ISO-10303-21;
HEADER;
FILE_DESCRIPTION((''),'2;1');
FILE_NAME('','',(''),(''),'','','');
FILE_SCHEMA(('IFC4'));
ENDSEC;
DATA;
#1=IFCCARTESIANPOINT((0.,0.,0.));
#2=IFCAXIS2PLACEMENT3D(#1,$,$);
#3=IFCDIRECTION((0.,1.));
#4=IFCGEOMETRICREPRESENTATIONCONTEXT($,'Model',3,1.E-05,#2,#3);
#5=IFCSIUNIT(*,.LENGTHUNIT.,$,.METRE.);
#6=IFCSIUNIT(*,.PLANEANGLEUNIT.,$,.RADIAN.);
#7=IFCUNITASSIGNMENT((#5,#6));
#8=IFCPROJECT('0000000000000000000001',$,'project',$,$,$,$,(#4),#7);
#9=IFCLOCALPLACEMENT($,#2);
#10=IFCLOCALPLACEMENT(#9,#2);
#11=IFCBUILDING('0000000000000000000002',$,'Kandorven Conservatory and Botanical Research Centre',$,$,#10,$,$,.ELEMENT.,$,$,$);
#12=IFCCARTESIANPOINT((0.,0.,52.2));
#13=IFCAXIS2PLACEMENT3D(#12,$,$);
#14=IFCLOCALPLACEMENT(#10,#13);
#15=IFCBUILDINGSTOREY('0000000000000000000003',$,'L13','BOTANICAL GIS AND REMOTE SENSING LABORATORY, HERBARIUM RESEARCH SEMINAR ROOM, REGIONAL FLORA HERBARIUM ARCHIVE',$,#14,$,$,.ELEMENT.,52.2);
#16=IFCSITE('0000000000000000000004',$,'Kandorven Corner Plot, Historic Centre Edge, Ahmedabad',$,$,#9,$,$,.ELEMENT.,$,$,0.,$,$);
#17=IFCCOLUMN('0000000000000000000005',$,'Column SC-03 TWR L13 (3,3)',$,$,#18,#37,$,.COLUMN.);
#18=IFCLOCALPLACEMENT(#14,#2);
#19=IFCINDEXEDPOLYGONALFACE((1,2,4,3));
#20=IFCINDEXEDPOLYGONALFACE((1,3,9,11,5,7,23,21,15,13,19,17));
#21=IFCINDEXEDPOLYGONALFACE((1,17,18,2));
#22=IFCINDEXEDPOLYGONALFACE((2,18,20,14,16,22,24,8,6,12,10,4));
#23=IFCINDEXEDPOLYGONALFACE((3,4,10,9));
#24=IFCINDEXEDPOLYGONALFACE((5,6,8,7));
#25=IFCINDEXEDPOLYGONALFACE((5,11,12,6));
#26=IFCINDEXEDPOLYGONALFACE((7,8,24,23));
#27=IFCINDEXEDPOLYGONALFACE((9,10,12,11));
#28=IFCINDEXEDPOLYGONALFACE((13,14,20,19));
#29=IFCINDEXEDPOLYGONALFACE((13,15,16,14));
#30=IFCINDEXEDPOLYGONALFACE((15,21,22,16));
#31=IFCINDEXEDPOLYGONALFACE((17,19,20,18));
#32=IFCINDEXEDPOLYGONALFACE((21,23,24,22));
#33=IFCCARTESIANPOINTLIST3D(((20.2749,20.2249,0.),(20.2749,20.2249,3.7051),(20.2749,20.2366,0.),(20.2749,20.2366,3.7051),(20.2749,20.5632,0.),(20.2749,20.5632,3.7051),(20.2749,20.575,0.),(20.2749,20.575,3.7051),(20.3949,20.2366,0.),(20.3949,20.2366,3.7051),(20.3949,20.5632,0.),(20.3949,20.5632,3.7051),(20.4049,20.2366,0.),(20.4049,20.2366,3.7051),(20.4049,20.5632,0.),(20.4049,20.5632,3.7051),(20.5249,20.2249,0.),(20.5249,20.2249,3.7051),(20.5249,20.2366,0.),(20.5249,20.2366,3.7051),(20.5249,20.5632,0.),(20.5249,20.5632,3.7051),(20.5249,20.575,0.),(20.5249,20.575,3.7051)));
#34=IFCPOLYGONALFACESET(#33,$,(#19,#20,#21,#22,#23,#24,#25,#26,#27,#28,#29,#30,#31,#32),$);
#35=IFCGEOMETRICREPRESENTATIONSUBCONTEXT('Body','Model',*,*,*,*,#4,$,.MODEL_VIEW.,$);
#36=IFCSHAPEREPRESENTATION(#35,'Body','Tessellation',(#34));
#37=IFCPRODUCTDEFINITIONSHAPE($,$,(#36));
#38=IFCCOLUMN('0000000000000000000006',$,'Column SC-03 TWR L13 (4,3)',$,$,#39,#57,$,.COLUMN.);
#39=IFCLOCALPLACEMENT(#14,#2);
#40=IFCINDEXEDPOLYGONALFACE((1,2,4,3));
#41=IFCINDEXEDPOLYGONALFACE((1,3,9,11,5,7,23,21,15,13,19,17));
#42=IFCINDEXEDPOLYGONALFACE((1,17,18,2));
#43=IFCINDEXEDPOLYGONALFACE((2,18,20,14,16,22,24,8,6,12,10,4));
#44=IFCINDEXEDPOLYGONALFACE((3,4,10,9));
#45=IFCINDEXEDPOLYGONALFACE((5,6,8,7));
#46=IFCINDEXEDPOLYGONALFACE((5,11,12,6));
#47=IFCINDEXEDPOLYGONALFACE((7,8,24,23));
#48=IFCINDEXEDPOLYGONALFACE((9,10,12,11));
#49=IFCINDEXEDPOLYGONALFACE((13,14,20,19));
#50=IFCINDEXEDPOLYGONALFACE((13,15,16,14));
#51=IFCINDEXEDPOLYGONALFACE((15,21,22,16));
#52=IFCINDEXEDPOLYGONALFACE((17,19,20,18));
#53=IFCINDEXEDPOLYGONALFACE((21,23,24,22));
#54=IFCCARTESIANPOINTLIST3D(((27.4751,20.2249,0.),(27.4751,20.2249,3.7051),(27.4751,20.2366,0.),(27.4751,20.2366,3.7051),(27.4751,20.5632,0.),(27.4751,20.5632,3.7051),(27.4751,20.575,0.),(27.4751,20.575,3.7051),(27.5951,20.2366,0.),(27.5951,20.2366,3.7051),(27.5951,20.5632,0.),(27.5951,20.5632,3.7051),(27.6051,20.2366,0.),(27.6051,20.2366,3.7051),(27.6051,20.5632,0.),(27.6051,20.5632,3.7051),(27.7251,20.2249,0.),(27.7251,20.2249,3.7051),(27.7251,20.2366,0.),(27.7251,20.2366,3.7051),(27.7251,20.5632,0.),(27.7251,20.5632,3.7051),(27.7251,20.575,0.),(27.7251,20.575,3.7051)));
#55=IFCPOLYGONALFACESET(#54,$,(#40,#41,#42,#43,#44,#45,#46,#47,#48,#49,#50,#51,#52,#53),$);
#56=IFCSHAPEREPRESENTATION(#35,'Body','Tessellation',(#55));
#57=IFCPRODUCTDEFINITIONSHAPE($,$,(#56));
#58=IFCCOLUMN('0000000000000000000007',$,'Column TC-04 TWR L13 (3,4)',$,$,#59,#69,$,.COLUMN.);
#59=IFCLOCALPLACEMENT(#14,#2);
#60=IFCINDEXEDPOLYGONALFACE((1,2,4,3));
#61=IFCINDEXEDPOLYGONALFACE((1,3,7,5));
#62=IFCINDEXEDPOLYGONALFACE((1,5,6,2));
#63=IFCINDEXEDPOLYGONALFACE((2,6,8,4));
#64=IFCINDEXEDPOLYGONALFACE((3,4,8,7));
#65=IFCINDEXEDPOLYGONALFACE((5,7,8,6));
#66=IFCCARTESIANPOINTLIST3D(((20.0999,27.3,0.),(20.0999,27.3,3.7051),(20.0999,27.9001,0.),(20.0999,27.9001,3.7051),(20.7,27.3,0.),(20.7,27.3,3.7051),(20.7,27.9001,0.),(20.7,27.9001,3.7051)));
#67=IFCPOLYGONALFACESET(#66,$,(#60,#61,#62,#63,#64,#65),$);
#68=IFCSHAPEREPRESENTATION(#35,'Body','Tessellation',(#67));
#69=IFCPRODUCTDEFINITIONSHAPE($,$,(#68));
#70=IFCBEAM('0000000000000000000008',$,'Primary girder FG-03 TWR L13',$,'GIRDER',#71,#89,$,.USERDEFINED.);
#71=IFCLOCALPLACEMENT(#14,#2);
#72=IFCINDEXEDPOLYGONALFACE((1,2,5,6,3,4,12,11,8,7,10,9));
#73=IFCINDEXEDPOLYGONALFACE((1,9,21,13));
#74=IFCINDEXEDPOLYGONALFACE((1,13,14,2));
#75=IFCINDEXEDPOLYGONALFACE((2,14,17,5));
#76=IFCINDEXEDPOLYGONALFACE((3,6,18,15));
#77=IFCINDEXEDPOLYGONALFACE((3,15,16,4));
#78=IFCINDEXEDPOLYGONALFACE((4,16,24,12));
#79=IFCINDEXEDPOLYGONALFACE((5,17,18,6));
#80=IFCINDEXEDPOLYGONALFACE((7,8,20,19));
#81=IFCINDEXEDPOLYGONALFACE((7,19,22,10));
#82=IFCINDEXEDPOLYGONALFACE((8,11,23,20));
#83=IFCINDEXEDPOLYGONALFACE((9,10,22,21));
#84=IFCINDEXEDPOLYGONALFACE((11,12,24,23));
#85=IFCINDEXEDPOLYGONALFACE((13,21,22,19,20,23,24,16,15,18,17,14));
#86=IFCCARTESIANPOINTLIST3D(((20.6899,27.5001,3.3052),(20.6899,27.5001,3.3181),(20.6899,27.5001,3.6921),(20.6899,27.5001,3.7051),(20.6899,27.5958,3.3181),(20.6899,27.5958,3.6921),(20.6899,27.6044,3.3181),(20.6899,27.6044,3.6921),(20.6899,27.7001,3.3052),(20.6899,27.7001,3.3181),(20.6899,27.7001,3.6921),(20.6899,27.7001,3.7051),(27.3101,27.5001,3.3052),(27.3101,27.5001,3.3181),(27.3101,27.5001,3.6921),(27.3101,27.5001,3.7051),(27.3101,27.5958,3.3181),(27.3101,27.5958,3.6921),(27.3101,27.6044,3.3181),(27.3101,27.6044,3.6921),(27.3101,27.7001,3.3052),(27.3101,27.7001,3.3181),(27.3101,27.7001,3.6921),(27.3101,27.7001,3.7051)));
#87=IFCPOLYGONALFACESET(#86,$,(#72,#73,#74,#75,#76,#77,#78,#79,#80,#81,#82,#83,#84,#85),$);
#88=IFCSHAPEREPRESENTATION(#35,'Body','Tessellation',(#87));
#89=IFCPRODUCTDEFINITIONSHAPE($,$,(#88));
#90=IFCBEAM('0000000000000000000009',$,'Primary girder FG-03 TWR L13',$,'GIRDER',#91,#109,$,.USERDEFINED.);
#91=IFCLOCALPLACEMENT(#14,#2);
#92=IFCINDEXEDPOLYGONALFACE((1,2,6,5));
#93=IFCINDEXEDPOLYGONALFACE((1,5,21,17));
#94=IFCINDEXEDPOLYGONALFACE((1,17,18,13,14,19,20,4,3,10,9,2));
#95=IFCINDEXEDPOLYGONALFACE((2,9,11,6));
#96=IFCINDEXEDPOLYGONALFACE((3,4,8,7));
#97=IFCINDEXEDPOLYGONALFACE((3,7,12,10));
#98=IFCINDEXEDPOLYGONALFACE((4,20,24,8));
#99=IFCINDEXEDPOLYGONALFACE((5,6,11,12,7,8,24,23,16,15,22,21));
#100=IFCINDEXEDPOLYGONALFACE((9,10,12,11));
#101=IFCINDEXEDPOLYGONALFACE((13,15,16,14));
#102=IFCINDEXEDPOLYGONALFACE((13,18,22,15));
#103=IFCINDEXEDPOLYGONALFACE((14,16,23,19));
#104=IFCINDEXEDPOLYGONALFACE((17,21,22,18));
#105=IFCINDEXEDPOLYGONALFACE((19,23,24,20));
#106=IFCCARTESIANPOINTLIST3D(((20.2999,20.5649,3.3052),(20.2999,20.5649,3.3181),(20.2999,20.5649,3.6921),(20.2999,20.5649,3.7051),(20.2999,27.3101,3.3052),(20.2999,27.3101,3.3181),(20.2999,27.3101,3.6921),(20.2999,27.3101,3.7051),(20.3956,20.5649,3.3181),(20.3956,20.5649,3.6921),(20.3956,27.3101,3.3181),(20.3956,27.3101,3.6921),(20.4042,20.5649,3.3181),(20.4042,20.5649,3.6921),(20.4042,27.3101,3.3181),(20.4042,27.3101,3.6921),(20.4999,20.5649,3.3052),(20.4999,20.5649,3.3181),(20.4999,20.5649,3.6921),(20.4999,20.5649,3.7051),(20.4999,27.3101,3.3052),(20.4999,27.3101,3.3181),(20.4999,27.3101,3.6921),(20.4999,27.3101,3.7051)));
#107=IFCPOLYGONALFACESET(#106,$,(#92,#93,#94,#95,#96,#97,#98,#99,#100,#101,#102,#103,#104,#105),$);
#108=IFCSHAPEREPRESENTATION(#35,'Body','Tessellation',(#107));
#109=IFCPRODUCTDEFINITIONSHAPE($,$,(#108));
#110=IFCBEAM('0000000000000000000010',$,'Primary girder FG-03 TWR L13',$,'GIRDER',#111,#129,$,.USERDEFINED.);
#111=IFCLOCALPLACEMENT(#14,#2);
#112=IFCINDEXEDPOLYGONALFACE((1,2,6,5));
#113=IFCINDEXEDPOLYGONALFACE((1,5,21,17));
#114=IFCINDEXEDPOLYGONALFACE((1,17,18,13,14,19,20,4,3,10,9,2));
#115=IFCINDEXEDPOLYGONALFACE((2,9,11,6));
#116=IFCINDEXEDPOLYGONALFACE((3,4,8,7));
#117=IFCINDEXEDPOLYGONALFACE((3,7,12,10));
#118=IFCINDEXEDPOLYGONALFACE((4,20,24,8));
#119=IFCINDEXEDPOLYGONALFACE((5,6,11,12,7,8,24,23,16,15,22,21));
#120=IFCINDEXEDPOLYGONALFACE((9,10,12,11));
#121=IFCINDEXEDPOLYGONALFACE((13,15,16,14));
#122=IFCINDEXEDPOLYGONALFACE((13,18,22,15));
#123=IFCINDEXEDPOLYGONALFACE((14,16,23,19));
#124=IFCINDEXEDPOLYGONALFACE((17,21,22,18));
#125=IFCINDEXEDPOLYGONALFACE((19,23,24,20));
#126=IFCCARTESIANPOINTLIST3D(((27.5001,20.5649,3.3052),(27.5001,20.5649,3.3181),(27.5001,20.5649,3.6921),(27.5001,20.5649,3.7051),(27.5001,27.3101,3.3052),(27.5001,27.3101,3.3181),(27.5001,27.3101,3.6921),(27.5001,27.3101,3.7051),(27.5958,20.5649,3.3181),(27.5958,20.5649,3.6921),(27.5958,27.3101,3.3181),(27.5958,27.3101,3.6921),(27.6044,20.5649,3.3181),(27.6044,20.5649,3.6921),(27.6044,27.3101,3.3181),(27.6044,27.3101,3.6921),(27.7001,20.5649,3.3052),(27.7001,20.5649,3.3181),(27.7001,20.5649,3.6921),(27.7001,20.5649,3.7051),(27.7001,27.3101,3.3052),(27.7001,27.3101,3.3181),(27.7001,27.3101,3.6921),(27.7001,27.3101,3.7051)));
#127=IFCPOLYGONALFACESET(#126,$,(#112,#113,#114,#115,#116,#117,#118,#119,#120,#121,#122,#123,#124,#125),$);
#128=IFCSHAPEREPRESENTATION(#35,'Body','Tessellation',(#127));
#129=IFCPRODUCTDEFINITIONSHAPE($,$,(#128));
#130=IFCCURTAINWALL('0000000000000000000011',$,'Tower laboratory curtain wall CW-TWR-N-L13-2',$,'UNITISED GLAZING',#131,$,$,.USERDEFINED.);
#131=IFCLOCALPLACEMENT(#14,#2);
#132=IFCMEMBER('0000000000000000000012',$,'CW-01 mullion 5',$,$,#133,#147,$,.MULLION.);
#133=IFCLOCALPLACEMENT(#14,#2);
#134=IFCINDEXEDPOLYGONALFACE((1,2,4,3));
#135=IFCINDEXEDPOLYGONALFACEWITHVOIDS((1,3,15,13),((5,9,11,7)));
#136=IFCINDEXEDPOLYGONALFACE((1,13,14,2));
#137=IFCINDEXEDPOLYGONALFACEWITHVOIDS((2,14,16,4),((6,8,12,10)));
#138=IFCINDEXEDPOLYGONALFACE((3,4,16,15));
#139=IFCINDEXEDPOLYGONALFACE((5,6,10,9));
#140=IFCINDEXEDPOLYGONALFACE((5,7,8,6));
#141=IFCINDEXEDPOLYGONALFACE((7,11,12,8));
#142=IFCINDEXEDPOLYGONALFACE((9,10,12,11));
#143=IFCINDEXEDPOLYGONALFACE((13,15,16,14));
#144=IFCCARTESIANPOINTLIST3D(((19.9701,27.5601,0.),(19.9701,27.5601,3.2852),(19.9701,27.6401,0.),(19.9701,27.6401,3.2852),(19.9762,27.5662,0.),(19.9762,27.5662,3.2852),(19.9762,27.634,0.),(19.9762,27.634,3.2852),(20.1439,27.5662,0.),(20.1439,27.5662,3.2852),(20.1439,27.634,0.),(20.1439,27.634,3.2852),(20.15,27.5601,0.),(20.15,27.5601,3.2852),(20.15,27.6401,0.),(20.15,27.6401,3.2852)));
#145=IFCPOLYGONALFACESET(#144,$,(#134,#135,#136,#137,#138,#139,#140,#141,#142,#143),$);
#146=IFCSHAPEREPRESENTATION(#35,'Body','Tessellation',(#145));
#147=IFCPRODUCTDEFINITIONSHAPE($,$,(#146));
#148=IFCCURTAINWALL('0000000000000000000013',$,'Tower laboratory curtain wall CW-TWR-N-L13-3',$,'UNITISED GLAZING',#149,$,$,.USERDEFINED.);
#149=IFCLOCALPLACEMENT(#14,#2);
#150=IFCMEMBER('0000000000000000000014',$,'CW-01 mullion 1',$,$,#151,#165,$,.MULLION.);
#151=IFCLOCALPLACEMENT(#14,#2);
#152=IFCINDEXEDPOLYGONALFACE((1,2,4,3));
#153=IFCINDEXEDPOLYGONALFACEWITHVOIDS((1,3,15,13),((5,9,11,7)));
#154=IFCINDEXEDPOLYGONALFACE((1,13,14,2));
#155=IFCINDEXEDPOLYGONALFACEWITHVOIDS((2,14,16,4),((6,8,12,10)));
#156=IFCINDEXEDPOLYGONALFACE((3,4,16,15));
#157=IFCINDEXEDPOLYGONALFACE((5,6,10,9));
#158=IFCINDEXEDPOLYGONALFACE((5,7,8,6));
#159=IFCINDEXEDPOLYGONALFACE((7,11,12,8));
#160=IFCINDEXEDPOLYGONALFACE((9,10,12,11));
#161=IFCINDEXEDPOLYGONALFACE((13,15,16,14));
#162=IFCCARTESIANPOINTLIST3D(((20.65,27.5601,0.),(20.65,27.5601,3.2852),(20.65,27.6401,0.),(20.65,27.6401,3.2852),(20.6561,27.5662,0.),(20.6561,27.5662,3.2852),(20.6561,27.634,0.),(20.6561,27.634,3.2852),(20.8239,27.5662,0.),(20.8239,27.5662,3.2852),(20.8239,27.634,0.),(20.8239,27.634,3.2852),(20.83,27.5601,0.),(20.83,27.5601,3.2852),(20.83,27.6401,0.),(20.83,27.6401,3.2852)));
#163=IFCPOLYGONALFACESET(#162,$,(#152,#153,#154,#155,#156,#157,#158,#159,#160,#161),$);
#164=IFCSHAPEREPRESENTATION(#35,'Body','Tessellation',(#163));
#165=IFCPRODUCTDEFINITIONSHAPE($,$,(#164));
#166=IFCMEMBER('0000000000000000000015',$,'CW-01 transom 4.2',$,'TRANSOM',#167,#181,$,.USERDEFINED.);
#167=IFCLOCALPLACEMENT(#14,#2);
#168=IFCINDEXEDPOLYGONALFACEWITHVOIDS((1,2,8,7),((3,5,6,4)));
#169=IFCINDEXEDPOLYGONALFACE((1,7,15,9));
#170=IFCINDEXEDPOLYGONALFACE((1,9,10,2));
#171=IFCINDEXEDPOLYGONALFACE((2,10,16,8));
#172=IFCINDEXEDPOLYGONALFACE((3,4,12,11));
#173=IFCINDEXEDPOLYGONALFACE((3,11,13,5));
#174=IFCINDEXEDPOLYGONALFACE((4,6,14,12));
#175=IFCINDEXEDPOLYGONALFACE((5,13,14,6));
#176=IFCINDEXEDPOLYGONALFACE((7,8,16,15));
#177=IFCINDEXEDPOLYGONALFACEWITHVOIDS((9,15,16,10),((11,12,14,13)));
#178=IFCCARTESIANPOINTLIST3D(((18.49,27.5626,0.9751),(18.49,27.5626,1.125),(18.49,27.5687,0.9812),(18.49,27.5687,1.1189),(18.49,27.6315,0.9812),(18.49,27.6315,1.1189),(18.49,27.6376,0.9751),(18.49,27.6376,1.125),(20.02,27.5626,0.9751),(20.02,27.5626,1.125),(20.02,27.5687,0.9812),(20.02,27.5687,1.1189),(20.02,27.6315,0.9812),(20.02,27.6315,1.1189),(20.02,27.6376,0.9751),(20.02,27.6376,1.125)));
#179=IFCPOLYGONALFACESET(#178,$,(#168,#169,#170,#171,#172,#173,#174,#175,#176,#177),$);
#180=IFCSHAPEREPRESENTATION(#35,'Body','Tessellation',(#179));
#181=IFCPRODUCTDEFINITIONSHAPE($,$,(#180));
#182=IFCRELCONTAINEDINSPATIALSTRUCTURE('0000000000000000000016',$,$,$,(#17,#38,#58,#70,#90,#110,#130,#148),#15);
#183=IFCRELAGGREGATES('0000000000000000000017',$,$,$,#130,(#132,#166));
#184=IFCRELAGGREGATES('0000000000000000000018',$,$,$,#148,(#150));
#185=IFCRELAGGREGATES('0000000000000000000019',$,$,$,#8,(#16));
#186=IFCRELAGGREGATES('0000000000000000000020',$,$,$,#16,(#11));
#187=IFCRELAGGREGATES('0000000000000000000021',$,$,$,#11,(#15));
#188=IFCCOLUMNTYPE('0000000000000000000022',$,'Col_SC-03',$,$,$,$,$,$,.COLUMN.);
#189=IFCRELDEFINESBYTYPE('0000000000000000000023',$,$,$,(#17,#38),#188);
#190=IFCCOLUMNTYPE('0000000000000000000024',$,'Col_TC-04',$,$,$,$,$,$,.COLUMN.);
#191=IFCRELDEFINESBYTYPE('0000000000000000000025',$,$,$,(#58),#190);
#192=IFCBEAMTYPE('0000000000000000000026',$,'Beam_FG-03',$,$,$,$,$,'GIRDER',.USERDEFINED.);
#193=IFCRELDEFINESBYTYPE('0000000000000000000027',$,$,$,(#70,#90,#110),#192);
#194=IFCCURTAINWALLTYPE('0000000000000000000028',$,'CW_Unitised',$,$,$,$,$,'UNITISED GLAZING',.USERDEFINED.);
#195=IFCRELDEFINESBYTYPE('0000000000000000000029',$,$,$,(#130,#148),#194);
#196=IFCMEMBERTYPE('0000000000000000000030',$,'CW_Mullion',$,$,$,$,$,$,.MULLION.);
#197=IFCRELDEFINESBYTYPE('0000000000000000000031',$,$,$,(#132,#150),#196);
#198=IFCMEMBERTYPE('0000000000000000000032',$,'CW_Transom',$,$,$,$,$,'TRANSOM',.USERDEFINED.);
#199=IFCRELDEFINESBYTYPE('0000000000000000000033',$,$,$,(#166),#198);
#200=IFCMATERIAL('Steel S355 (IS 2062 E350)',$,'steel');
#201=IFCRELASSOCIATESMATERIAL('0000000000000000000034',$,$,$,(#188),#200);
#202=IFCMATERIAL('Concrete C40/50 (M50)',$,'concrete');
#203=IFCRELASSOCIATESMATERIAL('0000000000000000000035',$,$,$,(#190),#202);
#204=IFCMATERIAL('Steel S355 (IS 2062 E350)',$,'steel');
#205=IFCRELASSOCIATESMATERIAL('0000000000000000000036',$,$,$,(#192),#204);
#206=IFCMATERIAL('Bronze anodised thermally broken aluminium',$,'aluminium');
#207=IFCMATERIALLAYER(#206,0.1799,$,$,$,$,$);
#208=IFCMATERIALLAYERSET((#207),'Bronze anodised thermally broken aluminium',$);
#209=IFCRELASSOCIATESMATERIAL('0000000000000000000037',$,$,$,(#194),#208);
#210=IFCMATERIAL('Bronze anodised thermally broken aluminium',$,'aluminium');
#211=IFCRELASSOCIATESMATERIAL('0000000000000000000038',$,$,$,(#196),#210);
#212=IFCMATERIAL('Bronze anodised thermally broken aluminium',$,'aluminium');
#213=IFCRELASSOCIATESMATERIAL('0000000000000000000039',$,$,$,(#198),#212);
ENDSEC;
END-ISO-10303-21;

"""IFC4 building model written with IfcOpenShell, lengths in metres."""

from ifc_helpers import new_model, si_unit, direction, frame, origin, origin_2d, place, context, subcontext, project, spatial, rectangle, hollow_rectangle, i_section, extrude, material, layer, layer_set, material_profile, profile_set, type_object, element, aggregate, save


model = new_model("IFC4")

# Units and contexts
model_context = context("Model", 3, precision=1e-05, world=origin(), true_north=direction((0.0, 1.0)))
body_context = subcontext(model_context, "Body", "Model", "MODEL_VIEW")
ifc_project = project(units=[si_unit("LENGTHUNIT", "METRE"), si_unit("PLANEANGLEUNIT", "RADIAN")], contexts=[model_context])

# Site, building, storey
site_placement = place(None, origin())
site = spatial("IfcSite", under=ifc_project, at=site_placement, Name="Kandorven Corner Plot, Historic Centre Edge, Ahmedabad", CompositionType="ELEMENT", RefElevation=0.0)
building_placement = place(site_placement, origin())
building = spatial("IfcBuilding", under=site, at=building_placement, Name="Kandorven Conservatory and Botanical Research Centre", CompositionType="ELEMENT")
storey_placement = place(building_placement, frame((0.0, 0.0, 52.2)))
storey = spatial("IfcBuildingStorey", under=building, at=storey_placement, Name="L13", Description="BOTANICAL GIS AND REMOTE SENSING LABORATORY, HERBARIUM RESEARCH SEMINAR ROOM, REGIONAL FLORA HERBARIUM ARCHIVE", CompositionType="ELEMENT", Elevation=52.2)

# Columns
ifc_material_1 = material(Name="Steel S355 (IS 2062 E350)", Category="steel")
ifc_material_profile_1 = material_profile(ifc_material_1, i_section(OverallWidth=0.25, OverallDepth=0.3501, WebThickness=0.01, FlangeThickness=0.0117, at=origin_2d()))
ifc_profile_set_1 = profile_set([ifc_material_profile_1], Name="Steel S355 (IS 2062 E350)")
column_type_1 = type_object("IfcColumnType", Name="Col_SC-03", PredefinedType="COLUMN", material=ifc_profile_set_1)
for number, where, z_axis, x_axis, name in (
    (1, (20.3999, 20.3999, 0.0), (0.0, 0.0, 1.0), (1.0, 0.0, 0.0), "Column SC-03 TWR L13 (3,3)"),
    (2, (27.6001, 20.3999, 0.0), (0.0, 0.0, 1.0), (1.0, 0.0, 0.0), "Column SC-03 TWR L13 (4,3)"),
):
    element("IfcColumn", number, at=place(storey_placement, frame(where, z_axis=z_axis, x_axis=x_axis)), inside=storey, type_object=column_type_1, Name=name, PredefinedType="COLUMN", context=body_context, shape_type="SweptSolid", body=[
        extrude(i_section(OverallWidth=0.25, OverallDepth=0.3501, WebThickness=0.01, FlangeThickness=0.0117, at=origin_2d()), origin(), (0.0, 0.0, 1.0), 3.7051),
    ])
ifc_material_2 = material(Name="Concrete C40/50 (M50)", Category="concrete")
ifc_material_profile_2 = material_profile(ifc_material_2, rectangle(XDim=0.6001, YDim=0.6001, at=origin_2d()))
ifc_profile_set_2 = profile_set([ifc_material_profile_2], Name="Concrete C40/50 (M50)")
column_type_2 = type_object("IfcColumnType", Name="Col_TC-04", PredefinedType="COLUMN", material=ifc_profile_set_2)
column_placement = place(storey_placement, frame((20.3999, 27.6001, 0.0), z_axis=(0.0, 0.0, 1.0), x_axis=(1.0, 0.0, 0.0)))
element("IfcColumn", 3, at=column_placement, inside=storey, type_object=column_type_2, Name="Column TC-04 TWR L13 (3,4)", PredefinedType="COLUMN", context=body_context, shape_type="SweptSolid", body=[
    extrude(rectangle(XDim=0.6001, YDim=0.6001, at=origin_2d()), origin(), (0.0, 0.0, 1.0), 3.7051),
])

# Beams
ifc_material_3 = material(Name="Steel S355 (IS 2062 E350)", Category="steel")
ifc_material_profile_3 = material_profile(ifc_material_3, i_section(OverallWidth=0.2, OverallDepth=0.3999, WebThickness=0.0085, FlangeThickness=0.0129, at=origin_2d()))
ifc_profile_set_3 = profile_set([ifc_material_profile_3], Name="Steel S355 (IS 2062 E350)")
beam_type = type_object("IfcBeamType", Name="Beam_FG-03", ElementType="GIRDER", PredefinedType="USERDEFINED", material=ifc_profile_set_3)
beam_placement = place(storey_placement, frame((20.6899, 27.6001, 3.5051), z_axis=(1.0, 0.0, 0.0), x_axis=(0.0, 1.0, 0.0)))
element("IfcBeam", 4, at=beam_placement, inside=storey, type_object=beam_type, Name="Primary girder FG-03 TWR L13", ObjectType="GIRDER", PredefinedType="USERDEFINED", context=body_context, shape_type="SweptSolid", body=[
    extrude(i_section(OverallWidth=0.2, OverallDepth=0.3999, WebThickness=0.0085, FlangeThickness=0.0129, at=origin_2d()), origin(), (0.0, 0.0, 1.0), 6.6201),
])
for number, where, z_axis, x_axis, name in (
    (5, (20.3999, 20.5649, 3.5051), (0.0, 1.0, 0.0), (-1.0, 0.0, 0.0), "Primary girder FG-03 TWR L13"),
    (6, (27.6001, 20.5649, 3.5051), (0.0, 1.0, 0.0), (-1.0, 0.0, 0.0), "Primary girder FG-03 TWR L13"),
):
    element("IfcBeam", number, at=place(storey_placement, frame(where, z_axis=z_axis, x_axis=x_axis)), inside=storey, type_object=beam_type, Name=name, ObjectType="GIRDER", PredefinedType="USERDEFINED", context=body_context, shape_type="SweptSolid", body=[
        extrude(i_section(OverallWidth=0.2, OverallDepth=0.3999, WebThickness=0.0085, FlangeThickness=0.0129, at=origin_2d()), origin(), (0.0, 0.0, 1.0), 6.7451),
    ])

# Curtain walls, members
ifc_material_4 = material(Name="Bronze anodised thermally broken aluminium", Category="aluminium")
ifc_layer_1 = layer(ifc_material_4, 0.1799)
ifc_layer_set_1 = layer_set([ifc_layer_1], Name="Bronze anodised thermally broken aluminium")
curtain_wall_type = type_object("IfcCurtainWallType", Name="CW_Unitised", ElementType="UNITISED GLAZING", PredefinedType="USERDEFINED", material=ifc_layer_set_1)
curtain_wall_1_placement = place(storey_placement, origin())
curtain_wall_1 = element("IfcCurtainWall", 7, at=curtain_wall_1_placement, inside=storey, type_object=curtain_wall_type, Name="Tower laboratory curtain wall CW-TWR-N-L13-2", ObjectType="UNITISED GLAZING", PredefinedType="USERDEFINED")
ifc_material_5 = material(Name="Bronze anodised thermally broken aluminium", Category="aluminium")
ifc_material_profile_4 = material_profile(ifc_material_5, hollow_rectangle(XDim=0.0801, YDim=0.1799, WallThickness=0.0061, at=origin_2d()))
ifc_profile_set_4 = profile_set([ifc_material_profile_4], Name="Bronze anodised thermally broken aluminium")
member_type_1 = type_object("IfcMemberType", Name="CW_Mullion", PredefinedType="MULLION", material=ifc_profile_set_4)
member_1_placement = place(storey_placement, frame((20.0601, 27.6001, 0.0), z_axis=(0.0, 0.0, 1.0), x_axis=(0.0, 1.0, 0.0)))
member_1 = element("IfcMember", 8, at=member_1_placement, type_object=member_type_1, Name="CW-01 mullion 5", PredefinedType="MULLION", context=body_context, shape_type="SweptSolid", body=[
    extrude(hollow_rectangle(XDim=0.0801, YDim=0.1799, WallThickness=0.0061, at=origin_2d()), origin(), (0.0, 0.0, 1.0), 3.2852),
])
curtain_wall_2_placement = place(storey_placement, origin())
curtain_wall_2 = element("IfcCurtainWall", 9, at=curtain_wall_2_placement, inside=storey, type_object=curtain_wall_type, Name="Tower laboratory curtain wall CW-TWR-N-L13-3", ObjectType="UNITISED GLAZING", PredefinedType="USERDEFINED")
member_2_placement = place(storey_placement, frame((20.74, 27.6001, 0.0), z_axis=(0.0, 0.0, 1.0), x_axis=(0.0, 1.0, 0.0)))
member_2 = element("IfcMember", 10, at=member_2_placement, type_object=member_type_1, Name="CW-01 mullion 1", PredefinedType="MULLION", context=body_context, shape_type="SweptSolid", body=[
    extrude(hollow_rectangle(XDim=0.0801, YDim=0.1799, WallThickness=0.0061, at=origin_2d()), origin(), (0.0, 0.0, 1.0), 3.2852),
])

# Member
ifc_material_6 = material(Name="Bronze anodised thermally broken aluminium", Category="aluminium")
ifc_material_profile_5 = material_profile(ifc_material_6, hollow_rectangle(XDim=0.075, YDim=0.1499, WallThickness=0.0061, at=origin_2d()))
ifc_profile_set_5 = profile_set([ifc_material_profile_5], Name="Bronze anodised thermally broken aluminium")
member_type_2 = type_object("IfcMemberType", Name="CW_Transom", ElementType="TRANSOM", PredefinedType="USERDEFINED", material=ifc_profile_set_5)
member_3_placement = place(storey_placement, frame((18.49, 27.6001, 1.05), z_axis=(1.0, 0.0, 0.0), x_axis=(0.0, 1.0, 0.0)))
member_3 = element("IfcMember", 11, at=member_3_placement, type_object=member_type_2, Name="CW-01 transom 4.2", ObjectType="TRANSOM", PredefinedType="USERDEFINED", context=body_context, shape_type="SweptSolid", body=[
    extrude(hollow_rectangle(XDim=0.075, YDim=0.1499, WallThickness=0.0061, at=origin_2d()), origin(), (0.0, 0.0, 1.0), 1.53),
])

aggregate(curtain_wall_1, [member_1, member_3])
aggregate(curtain_wall_2, [member_2])

save(model, "model.ifc")
